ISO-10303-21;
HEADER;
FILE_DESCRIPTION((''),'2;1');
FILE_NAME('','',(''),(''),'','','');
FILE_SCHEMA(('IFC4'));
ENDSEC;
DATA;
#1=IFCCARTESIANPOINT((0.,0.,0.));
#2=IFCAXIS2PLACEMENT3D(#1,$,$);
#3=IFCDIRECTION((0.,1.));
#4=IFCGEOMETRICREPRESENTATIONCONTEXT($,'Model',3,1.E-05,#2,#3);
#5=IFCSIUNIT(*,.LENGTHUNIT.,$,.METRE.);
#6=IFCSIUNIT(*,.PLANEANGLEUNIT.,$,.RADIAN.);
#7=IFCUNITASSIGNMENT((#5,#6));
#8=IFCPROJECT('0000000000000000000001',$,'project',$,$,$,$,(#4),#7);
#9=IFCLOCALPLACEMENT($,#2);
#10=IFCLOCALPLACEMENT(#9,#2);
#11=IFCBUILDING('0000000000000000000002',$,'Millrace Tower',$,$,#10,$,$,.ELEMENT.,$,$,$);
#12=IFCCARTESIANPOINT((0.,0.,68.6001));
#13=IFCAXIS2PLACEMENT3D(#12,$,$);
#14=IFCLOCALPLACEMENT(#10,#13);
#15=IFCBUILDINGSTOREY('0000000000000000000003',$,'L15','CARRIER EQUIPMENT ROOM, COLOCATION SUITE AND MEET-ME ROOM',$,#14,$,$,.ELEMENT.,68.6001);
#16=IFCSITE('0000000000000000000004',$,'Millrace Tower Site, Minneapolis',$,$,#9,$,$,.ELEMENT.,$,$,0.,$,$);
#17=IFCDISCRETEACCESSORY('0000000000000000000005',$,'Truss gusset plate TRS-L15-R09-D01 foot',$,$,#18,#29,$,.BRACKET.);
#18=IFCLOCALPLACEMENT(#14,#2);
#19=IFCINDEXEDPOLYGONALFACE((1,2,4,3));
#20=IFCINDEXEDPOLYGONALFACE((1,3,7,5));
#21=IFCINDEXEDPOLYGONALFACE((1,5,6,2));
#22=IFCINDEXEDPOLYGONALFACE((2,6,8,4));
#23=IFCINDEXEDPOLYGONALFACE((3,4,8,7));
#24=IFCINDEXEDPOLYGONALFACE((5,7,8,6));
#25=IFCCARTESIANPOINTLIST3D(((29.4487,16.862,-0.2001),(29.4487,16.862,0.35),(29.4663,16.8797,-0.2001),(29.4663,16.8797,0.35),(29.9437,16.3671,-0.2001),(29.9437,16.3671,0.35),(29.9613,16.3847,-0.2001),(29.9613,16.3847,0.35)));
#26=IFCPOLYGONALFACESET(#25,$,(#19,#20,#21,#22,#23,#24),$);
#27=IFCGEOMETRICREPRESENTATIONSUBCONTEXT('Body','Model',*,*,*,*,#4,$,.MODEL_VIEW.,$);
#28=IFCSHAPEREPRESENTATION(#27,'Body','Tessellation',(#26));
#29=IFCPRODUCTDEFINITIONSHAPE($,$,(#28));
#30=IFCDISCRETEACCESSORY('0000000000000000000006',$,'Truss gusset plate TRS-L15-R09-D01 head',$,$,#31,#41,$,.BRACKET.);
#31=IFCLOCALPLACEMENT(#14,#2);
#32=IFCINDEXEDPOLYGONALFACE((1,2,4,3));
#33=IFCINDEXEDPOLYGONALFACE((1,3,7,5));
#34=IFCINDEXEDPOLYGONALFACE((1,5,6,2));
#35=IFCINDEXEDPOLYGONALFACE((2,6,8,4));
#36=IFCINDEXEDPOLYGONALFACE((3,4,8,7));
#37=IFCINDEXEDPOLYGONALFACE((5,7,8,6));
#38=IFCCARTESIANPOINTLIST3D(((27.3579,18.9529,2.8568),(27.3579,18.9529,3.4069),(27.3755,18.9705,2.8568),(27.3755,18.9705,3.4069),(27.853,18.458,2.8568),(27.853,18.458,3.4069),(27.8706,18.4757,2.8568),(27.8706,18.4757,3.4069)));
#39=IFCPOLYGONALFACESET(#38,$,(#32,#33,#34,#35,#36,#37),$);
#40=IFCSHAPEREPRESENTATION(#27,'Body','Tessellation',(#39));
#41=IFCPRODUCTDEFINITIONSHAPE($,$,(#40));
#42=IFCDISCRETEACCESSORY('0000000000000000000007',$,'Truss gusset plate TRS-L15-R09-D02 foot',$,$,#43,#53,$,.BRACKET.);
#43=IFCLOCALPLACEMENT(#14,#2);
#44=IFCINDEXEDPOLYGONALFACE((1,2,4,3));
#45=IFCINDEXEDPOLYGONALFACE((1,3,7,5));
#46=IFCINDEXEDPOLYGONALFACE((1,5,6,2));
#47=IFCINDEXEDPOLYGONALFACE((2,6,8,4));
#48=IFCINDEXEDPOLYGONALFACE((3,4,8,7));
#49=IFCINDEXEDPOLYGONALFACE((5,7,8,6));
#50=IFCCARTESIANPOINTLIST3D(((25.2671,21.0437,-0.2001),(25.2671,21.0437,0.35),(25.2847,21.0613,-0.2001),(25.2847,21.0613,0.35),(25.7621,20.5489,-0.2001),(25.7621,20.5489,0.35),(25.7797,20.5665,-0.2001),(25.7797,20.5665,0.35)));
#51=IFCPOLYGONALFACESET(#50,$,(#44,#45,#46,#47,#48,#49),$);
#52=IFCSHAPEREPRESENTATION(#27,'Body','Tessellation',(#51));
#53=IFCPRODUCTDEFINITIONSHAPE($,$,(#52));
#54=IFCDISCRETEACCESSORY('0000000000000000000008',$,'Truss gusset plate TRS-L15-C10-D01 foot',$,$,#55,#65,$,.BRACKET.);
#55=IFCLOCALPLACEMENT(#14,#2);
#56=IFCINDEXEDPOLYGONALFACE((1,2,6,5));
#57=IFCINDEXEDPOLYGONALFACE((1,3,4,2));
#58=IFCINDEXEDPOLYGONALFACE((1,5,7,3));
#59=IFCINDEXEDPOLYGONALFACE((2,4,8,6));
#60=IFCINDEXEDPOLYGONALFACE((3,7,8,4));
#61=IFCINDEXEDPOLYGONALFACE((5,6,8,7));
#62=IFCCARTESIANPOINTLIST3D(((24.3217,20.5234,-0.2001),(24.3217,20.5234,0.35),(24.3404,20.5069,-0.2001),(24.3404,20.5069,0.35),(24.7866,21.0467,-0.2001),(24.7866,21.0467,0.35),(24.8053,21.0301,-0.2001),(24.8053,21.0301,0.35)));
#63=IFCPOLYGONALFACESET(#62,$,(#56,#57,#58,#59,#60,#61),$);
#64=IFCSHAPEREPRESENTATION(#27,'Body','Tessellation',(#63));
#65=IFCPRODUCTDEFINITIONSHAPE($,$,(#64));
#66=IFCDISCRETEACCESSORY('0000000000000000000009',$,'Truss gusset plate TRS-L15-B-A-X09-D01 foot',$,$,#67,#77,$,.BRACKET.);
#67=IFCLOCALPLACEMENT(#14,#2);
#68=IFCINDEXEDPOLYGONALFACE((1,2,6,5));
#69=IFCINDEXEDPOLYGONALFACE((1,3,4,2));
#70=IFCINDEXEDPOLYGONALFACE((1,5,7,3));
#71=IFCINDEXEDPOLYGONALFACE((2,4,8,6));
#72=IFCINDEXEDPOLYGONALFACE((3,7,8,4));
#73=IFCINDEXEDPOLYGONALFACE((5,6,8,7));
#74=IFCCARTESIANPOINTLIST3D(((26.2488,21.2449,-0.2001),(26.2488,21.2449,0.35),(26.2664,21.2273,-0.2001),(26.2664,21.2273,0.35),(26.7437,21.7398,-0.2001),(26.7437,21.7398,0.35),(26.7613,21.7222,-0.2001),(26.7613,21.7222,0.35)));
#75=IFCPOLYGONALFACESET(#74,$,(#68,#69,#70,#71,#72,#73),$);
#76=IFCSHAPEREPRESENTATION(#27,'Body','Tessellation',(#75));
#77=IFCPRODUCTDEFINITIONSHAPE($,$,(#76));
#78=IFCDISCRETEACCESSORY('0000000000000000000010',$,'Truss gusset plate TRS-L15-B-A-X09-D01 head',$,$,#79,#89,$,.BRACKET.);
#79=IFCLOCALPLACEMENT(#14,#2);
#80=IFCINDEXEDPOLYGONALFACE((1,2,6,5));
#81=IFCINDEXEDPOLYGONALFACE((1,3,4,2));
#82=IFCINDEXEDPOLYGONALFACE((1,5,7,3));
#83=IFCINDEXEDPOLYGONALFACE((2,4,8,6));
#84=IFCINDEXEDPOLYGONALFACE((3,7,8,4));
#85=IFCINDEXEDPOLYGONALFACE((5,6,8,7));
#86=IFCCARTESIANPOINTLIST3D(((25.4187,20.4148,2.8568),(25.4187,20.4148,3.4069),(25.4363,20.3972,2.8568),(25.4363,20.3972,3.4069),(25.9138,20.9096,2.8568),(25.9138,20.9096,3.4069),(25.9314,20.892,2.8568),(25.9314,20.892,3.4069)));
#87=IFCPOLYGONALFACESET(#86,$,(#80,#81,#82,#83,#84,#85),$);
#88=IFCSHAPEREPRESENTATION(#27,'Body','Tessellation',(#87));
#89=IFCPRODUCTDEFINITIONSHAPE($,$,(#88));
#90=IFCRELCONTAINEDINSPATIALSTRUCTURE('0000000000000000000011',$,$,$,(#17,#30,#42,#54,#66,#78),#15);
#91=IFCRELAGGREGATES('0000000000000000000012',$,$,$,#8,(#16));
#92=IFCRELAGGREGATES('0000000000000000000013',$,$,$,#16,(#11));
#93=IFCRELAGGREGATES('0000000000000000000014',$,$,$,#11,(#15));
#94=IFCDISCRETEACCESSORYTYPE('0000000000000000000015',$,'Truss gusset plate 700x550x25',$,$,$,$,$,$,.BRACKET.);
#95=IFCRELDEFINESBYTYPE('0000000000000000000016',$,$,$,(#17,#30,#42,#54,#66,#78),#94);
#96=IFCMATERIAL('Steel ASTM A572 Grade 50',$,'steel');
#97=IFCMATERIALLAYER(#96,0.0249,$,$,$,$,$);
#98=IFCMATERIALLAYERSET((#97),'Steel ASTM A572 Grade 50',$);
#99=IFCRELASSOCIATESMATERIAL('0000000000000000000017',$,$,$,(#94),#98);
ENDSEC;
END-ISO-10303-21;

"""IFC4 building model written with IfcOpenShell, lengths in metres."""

from ifc_helpers import new_model, si_unit, direction, frame, origin, origin_2d, place, context, subcontext, project, spatial, rectangle, extrude, material, layer, layer_set, type_object, element, save


model = new_model("IFC4")

# Units and contexts
model_context = context("Model", 3, precision=1e-05, world=origin(), true_north=direction((0.0, 1.0)))
body_context = subcontext(model_context, "Body", "Model", "MODEL_VIEW")
ifc_project = project(units=[si_unit("LENGTHUNIT", "METRE"), si_unit("PLANEANGLEUNIT", "RADIAN")], contexts=[model_context])

# Site, building, storey
site_placement = place(None, origin())
site = spatial("IfcSite", under=ifc_project, at=site_placement, Name="Millrace Tower Site, Minneapolis", CompositionType="ELEMENT", RefElevation=0.0)
building_placement = place(site_placement, origin())
building = spatial("IfcBuilding", under=site, at=building_placement, Name="Millrace Tower", CompositionType="ELEMENT")
storey_placement = place(building_placement, frame((0.0, 0.0, 68.6001)))
storey = spatial("IfcBuildingStorey", under=building, at=storey_placement, Name="L15", Description="CARRIER EQUIPMENT ROOM, COLOCATION SUITE AND MEET-ME ROOM", CompositionType="ELEMENT", Elevation=68.6001)

# Discrete accessories
ifc_material_1 = material(Name="Steel ASTM A572 Grade 50", Category="steel")
ifc_layer_1 = layer(ifc_material_1, 0.0249)
ifc_layer_set_1 = layer_set([ifc_layer_1], Name="Steel ASTM A572 Grade 50")
discrete_accessory_type_1 = type_object("IfcDiscreteAccessoryType", Name="Truss gusset plate 700x550x25", PredefinedType="BRACKET", material=ifc_layer_set_1)
for number, where, z_axis, x_axis, name in (
    (1, (29.4575, 16.8708, 0.075), (0.707107, -0.707107, 0.0), (0.707107, 0.707107, 0.0), "Truss gusset plate TRS-L15-R09-D01 foot"),
    (2, (27.3667, 18.9617, 3.1318), (0.707281, -0.706932, 0.0), (0.706932, 0.707281, 0.0), "Truss gusset plate TRS-L15-R09-D01 head"),
    (3, (25.2759, 21.0525, 0.075), (0.707281, -0.706932, 0.0), (0.706932, 0.707281, 0.0), "Truss gusset plate TRS-L15-R09-D02 foot"),
    (4, (24.3311, 20.5151, 0.075), (0.664191, 0.747563, 0.0), (-0.747563, 0.664191, 0.0), "Truss gusset plate TRS-L15-C10-D01 foot"),
    (5, (26.2576, 21.2361, 0.075), (0.707107, 0.707107, 0.0), (-0.707107, 0.707107, 0.0), "Truss gusset plate TRS-L15-B-A-X09-D01 foot"),
    (6, (25.4275, 20.406, 3.1318), (0.707281, 0.706932, 0.0), (-0.706932, 0.707281, 0.0), "Truss gusset plate TRS-L15-B-A-X09-D01 head"),
):
    element("IfcDiscreteAccessory", number, at=place(storey_placement, frame(where, z_axis=z_axis, x_axis=x_axis)), inside=storey, type_object=discrete_accessory_type_1, Name=name, PredefinedType="BRACKET", context=body_context, shape_type="SweptSolid", body=[
        extrude(rectangle(XDim=0.0249, YDim=0.55, at=origin_2d()), origin(), (0.0, 0.0, 1.0), 0.7),
    ])

save(model, "model.ifc")
